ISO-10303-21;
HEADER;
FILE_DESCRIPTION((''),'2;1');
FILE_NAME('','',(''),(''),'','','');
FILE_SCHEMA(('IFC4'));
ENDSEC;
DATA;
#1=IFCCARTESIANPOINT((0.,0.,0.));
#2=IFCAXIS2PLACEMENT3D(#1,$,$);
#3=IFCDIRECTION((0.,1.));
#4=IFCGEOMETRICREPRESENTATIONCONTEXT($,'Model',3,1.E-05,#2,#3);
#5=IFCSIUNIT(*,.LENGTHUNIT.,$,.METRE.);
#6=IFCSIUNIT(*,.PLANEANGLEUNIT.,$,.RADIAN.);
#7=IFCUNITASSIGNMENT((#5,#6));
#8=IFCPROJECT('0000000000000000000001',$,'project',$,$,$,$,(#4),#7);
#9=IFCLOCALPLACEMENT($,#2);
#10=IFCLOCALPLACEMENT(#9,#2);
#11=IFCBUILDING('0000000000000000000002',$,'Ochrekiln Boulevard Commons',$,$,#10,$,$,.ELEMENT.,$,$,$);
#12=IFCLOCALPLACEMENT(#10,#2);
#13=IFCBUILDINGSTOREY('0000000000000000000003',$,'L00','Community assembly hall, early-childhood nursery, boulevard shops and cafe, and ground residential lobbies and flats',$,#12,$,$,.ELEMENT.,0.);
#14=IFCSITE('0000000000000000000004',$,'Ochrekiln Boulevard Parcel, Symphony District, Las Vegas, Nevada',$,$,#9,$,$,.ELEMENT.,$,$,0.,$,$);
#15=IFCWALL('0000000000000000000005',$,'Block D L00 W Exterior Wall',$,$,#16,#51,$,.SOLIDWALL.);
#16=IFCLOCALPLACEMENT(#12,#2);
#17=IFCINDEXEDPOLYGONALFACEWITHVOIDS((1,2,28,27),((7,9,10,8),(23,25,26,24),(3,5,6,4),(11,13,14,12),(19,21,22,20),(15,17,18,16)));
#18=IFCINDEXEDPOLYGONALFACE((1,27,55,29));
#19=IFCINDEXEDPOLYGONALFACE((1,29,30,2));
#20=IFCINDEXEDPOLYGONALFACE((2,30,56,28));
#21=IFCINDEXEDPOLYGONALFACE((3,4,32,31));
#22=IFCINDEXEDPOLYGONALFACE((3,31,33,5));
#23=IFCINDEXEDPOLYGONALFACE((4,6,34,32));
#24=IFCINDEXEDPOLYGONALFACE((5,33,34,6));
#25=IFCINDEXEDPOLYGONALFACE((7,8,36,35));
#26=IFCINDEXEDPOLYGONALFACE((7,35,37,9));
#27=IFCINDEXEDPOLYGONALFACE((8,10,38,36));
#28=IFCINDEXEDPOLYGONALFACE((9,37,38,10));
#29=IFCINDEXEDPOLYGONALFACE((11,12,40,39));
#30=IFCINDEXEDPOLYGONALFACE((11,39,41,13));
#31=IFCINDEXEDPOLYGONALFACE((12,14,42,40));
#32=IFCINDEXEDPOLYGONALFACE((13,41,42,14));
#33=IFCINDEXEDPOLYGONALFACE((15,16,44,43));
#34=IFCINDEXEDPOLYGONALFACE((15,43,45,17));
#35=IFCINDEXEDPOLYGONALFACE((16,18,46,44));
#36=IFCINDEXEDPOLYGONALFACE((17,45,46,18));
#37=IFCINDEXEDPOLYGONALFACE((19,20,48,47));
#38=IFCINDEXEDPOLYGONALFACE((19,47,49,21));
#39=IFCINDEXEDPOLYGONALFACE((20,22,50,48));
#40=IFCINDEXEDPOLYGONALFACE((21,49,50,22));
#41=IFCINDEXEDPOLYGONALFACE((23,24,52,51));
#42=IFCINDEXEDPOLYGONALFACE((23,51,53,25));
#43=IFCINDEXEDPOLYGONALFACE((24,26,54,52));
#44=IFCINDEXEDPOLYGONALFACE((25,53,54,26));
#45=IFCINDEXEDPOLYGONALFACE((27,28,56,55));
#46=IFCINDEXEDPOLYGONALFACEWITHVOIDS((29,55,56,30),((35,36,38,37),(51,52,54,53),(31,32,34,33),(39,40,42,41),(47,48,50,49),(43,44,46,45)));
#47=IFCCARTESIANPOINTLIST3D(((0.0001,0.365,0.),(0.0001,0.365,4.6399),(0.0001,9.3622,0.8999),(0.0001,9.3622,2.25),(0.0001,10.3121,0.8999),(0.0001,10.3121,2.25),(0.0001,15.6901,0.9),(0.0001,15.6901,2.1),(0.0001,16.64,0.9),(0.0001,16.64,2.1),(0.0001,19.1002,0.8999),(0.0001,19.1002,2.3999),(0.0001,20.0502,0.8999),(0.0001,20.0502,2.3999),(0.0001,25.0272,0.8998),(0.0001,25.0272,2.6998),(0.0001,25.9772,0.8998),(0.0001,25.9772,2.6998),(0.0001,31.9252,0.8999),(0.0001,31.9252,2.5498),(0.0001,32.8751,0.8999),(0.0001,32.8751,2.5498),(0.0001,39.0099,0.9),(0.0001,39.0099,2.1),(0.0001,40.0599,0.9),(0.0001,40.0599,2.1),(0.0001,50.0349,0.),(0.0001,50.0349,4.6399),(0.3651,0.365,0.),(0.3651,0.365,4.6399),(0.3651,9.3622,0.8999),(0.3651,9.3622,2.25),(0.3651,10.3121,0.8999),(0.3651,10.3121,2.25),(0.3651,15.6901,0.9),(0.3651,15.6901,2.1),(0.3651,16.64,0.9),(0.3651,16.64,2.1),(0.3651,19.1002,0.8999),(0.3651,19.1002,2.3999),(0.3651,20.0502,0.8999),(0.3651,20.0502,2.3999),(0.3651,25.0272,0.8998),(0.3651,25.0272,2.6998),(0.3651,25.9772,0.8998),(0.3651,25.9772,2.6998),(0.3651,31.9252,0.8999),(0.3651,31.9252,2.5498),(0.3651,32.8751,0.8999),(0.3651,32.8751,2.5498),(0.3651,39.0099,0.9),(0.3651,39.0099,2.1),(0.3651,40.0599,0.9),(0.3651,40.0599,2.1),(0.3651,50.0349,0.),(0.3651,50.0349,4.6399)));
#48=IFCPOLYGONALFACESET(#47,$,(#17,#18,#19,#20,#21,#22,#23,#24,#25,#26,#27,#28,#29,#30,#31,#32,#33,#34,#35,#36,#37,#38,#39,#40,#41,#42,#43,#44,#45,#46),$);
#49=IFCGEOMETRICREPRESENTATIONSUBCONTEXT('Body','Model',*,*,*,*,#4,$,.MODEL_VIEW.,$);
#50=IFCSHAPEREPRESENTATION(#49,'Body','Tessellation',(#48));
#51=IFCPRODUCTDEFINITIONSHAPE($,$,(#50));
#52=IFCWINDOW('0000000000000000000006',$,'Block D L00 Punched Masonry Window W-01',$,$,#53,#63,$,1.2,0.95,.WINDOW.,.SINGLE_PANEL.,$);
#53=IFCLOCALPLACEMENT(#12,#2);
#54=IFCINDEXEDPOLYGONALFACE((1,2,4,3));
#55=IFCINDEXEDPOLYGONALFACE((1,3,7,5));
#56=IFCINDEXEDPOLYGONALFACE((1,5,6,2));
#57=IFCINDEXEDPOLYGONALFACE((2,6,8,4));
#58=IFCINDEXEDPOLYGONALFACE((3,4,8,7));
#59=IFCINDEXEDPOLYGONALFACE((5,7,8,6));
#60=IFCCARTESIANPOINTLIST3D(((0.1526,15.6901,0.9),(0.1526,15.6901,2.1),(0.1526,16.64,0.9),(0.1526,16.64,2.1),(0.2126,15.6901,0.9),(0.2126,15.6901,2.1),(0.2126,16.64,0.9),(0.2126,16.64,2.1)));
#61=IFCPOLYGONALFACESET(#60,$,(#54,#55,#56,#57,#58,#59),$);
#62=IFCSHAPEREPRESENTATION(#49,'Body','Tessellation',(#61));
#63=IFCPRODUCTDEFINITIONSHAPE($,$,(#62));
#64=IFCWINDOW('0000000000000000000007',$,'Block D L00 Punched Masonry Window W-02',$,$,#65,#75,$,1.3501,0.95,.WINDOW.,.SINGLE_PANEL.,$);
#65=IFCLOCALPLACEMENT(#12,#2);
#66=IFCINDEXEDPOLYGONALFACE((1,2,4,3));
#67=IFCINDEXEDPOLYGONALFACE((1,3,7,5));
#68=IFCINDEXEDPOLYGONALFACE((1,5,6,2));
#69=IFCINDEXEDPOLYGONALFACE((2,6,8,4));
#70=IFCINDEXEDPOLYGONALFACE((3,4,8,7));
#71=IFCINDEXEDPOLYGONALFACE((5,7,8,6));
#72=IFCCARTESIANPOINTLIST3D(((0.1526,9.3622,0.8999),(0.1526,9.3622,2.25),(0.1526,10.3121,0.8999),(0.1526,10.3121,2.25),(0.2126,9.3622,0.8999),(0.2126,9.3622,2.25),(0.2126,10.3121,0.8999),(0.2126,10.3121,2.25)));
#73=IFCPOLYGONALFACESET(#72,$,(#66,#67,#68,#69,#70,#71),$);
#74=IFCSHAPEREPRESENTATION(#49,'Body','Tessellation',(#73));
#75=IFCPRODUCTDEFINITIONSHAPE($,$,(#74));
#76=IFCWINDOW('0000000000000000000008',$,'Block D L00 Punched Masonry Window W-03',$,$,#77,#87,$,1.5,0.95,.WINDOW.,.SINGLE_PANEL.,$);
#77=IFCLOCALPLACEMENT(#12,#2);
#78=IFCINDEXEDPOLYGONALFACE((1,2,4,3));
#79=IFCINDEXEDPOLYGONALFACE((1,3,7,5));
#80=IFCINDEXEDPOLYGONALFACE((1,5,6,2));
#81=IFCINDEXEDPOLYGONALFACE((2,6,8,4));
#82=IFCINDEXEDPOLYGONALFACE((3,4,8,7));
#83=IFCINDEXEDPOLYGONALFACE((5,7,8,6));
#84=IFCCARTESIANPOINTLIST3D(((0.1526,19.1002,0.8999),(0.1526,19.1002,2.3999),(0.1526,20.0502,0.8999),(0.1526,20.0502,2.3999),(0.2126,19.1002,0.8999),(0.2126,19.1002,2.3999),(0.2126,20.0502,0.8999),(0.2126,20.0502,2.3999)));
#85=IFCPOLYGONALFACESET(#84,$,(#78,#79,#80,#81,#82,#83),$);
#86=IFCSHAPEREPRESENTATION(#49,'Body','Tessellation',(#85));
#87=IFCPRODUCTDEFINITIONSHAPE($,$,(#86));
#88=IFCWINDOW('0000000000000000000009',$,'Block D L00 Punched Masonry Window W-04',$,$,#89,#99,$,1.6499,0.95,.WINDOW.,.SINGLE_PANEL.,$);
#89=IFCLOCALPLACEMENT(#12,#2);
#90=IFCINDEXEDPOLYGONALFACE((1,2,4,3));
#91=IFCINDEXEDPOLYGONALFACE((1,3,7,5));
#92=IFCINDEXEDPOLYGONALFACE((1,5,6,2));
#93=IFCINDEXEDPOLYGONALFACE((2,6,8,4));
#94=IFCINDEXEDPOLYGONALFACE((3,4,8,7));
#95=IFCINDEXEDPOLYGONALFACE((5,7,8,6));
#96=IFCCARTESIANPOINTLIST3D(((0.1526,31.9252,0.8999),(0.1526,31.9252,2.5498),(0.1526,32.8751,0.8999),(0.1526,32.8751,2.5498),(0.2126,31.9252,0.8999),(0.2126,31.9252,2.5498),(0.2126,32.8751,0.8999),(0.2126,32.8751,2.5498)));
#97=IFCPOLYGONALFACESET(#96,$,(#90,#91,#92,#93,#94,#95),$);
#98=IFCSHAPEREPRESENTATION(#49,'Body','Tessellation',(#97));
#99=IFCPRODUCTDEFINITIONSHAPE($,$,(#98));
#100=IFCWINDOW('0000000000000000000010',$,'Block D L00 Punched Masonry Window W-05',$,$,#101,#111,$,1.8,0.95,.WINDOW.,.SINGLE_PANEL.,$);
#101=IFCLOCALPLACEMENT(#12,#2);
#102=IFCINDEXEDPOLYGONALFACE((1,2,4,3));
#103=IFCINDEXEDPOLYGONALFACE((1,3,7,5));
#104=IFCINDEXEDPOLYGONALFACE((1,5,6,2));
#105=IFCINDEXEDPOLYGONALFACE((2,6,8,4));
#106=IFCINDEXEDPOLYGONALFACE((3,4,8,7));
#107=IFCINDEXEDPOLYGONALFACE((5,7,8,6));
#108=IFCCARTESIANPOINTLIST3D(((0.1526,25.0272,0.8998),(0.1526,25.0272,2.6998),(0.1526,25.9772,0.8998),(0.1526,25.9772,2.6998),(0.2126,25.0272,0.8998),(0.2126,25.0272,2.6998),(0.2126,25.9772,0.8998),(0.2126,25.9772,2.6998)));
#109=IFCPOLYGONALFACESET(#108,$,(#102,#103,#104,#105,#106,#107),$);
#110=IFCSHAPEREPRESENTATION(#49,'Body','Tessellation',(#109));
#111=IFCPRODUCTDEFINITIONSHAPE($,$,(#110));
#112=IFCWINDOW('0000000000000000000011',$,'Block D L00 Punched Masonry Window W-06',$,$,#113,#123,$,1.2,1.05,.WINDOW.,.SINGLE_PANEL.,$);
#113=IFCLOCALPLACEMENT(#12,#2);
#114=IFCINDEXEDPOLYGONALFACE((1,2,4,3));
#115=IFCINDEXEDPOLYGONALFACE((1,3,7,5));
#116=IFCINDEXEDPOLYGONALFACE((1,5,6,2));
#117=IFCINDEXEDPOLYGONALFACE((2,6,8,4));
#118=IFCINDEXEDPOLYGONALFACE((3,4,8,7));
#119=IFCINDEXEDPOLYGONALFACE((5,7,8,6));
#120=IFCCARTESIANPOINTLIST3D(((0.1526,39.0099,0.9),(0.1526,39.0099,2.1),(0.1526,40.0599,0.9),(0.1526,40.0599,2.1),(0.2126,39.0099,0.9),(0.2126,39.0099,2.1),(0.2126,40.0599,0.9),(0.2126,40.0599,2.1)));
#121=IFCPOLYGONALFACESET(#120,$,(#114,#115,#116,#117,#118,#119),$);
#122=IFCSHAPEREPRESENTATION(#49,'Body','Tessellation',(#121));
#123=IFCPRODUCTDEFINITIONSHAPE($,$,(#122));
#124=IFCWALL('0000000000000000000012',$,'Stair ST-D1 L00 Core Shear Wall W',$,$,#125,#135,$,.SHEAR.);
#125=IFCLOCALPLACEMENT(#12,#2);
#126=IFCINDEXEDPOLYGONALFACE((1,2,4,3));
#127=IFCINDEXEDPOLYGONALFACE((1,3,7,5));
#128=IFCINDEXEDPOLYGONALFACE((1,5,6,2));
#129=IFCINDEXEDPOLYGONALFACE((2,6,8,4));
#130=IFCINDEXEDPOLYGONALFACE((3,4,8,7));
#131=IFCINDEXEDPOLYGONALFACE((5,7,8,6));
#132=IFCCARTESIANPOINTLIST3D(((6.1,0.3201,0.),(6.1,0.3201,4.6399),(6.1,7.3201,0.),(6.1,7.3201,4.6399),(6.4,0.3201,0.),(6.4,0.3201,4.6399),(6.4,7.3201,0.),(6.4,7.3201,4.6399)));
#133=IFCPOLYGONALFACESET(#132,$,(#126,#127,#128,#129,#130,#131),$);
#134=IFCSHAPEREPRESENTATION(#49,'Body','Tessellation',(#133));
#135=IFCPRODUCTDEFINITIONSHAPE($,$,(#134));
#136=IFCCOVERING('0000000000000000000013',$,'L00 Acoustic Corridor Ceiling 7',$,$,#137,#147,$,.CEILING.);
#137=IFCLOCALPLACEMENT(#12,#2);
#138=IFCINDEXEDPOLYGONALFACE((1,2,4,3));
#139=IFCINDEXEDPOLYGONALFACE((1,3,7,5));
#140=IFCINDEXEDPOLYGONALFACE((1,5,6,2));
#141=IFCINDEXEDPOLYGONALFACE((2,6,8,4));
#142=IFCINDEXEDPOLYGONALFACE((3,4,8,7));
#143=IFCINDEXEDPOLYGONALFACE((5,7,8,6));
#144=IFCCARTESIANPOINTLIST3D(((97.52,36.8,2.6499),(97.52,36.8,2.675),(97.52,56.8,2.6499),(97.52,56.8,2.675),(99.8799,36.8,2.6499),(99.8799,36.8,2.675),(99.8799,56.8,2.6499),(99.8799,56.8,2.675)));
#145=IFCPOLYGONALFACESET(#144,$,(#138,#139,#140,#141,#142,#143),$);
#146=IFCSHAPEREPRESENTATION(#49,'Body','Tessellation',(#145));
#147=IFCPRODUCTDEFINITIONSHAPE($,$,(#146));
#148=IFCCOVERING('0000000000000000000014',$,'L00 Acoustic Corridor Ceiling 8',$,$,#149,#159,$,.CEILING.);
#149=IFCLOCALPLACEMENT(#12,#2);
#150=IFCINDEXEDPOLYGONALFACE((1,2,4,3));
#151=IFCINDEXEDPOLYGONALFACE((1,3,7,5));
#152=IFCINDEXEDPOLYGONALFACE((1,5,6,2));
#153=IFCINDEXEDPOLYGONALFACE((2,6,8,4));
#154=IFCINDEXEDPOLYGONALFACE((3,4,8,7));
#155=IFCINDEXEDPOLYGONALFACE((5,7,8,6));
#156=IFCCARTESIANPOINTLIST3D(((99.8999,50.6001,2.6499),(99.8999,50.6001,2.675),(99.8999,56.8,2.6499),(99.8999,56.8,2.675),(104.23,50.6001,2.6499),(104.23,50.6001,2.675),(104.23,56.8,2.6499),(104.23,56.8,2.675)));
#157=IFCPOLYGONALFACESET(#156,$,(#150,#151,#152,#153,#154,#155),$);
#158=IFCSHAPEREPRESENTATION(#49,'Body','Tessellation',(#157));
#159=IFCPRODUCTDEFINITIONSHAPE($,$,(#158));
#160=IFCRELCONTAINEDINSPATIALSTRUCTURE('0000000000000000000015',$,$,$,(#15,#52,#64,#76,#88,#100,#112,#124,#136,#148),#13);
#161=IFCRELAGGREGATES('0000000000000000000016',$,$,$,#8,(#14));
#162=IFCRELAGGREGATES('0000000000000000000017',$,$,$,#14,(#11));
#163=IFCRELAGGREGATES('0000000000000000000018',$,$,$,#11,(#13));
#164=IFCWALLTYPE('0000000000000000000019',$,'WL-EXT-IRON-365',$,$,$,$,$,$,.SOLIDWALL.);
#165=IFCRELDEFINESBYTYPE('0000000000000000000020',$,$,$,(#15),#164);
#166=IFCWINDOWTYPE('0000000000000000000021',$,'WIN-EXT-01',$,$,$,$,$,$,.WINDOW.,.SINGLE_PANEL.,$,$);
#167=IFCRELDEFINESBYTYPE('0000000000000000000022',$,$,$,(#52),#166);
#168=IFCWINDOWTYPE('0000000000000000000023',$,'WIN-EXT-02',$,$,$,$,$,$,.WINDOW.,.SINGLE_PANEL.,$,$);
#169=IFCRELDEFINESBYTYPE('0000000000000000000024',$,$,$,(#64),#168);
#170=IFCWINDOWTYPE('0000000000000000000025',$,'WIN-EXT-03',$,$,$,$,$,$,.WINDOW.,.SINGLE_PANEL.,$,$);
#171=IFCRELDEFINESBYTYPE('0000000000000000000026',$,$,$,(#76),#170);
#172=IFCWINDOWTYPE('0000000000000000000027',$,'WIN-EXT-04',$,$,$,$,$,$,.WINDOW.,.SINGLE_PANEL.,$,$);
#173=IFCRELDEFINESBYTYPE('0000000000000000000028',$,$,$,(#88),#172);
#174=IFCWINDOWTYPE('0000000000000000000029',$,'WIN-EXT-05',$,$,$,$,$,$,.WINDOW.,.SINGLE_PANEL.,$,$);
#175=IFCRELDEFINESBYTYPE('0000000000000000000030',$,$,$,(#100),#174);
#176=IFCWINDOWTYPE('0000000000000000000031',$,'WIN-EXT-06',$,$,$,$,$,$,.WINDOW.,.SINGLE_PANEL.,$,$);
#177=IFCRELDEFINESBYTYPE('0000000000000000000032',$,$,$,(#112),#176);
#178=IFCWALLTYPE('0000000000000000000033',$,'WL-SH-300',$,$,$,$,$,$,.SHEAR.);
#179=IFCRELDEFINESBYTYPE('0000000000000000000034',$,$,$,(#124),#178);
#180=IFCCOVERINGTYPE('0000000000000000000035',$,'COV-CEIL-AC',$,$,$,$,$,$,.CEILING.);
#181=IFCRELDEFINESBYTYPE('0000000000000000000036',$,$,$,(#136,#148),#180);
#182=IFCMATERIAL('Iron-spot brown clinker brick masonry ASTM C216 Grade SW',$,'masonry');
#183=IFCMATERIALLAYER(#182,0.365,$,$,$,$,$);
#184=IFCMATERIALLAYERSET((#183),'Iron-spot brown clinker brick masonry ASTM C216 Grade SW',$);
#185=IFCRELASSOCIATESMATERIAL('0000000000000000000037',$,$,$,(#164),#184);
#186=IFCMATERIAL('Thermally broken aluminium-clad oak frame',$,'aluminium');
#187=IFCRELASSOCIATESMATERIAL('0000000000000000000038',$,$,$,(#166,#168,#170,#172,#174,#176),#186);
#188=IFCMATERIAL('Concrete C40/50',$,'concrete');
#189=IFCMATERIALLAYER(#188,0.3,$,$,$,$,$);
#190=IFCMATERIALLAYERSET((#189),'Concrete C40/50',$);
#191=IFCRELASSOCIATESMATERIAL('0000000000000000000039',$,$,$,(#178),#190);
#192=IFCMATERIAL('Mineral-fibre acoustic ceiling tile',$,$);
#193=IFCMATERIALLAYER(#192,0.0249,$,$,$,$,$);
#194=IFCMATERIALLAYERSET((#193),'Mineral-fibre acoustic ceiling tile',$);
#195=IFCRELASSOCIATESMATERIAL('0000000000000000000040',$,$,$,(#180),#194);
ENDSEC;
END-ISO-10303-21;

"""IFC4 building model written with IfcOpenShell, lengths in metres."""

from ifc_helpers import new_model, si_unit, direction, frame, frame_2d, origin, place, context, subcontext, project, spatial, polyline, rectangle, outline, extrude, material, layer, layer_set, type_object, element, fill, save


model = new_model("IFC4")

# Units and contexts
model_context = context("Model", 3, precision=1e-05, world=origin(), true_north=direction((0.0, 1.0)))
body_context = subcontext(model_context, "Body", "Model", "MODEL_VIEW")
ifc_project = project(units=[si_unit("LENGTHUNIT", "METRE"), si_unit("PLANEANGLEUNIT", "RADIAN")], contexts=[model_context])

# Site, building, storey
site_placement = place(None, origin())
site = spatial("IfcSite", under=ifc_project, at=site_placement, Name="Ochrekiln Boulevard Parcel, Symphony District, Las Vegas, Nevada", CompositionType="ELEMENT", RefElevation=0.0)
building_placement = place(site_placement, origin())
building = spatial("IfcBuilding", under=site, at=building_placement, Name="Ochrekiln Boulevard Commons", CompositionType="ELEMENT")
storey_placement = place(building_placement, origin())
storey = spatial("IfcBuildingStorey", under=building, at=storey_placement, Name="L00", Description="Community assembly hall, early-childhood nursery, boulevard shops and cafe, and ground residential lobbies and flats", CompositionType="ELEMENT", Elevation=0.0)

# Shared definitions
ifc_material_1 = material(Name="Concrete C40/50", Category="concrete")

# Shared definitions
ifc_material_2 = material(Name="Iron-spot brown clinker brick masonry ASTM C216 Grade SW", Category="masonry")
ifc_layer_1 = layer(ifc_material_2, 0.365)
ifc_layer_set_1 = layer_set([ifc_layer_1], Name="Iron-spot brown clinker brick masonry ASTM C216 Grade SW")
wall_type_1 = type_object("IfcWallType", Name="WL-EXT-IRON-365", PredefinedType="SOLIDWALL", material=ifc_layer_set_1)

# Wall, openings, windows
wall_1_placement = place(storey_placement, frame((0.1826, 0.365, 0.0), z_axis=(0.0, 0.0, 1.0), x_axis=(0.0, 1.0, 0.0)))
wall_1 = element("IfcWall", 1, at=wall_1_placement, inside=storey, type_object=wall_type_1, Name="Block D L00 W Exterior Wall", PredefinedType="SOLIDWALL", context=body_context, shape_type="SweptSolid", body=[
    extrude(rectangle(XDim=49.6699, YDim=0.365, at=frame_2d((24.835, 0.0))), origin(), (0.0, 0.0, 1.0), 4.6399),
])
opening_1_placement = place(wall_1_placement, frame((15.325, 0.0, 0.8999)))
opening_1 = element("IfcOpeningElement", 2, at=opening_1_placement, cuts=wall_1, PredefinedType="OPENING", context=body_context, shape_type="SweptSolid", body=[
    extrude(rectangle(XDim=0.95, YDim=1.2, at=frame_2d((0.4751, 0.6001))), frame((0.0, 0.1924, 0.0), z_axis=(0.0, -1.0, 0.0), x_axis=(1.0, 0.0, 0.0)), (0.0, 0.0, 1.0), 0.385),
])
opening_2_placement = place(wall_1_placement, frame((8.9971, 0.0, 0.8999)))
opening_2 = element("IfcOpeningElement", 3, at=opening_2_placement, cuts=wall_1, PredefinedType="OPENING", context=body_context, shape_type="SweptSolid", body=[
    extrude(rectangle(XDim=0.95, YDim=1.3501, at=frame_2d((0.4751, 0.675))), frame((0.0, 0.1924, 0.0), z_axis=(0.0, -1.0, 0.0), x_axis=(1.0, 0.0, 0.0)), (0.0, 0.0, 1.0), 0.385),
])
opening_3_placement = place(wall_1_placement, frame((18.7351, 0.0, 0.8999)))
opening_3 = element("IfcOpeningElement", 4, at=opening_3_placement, cuts=wall_1, PredefinedType="OPENING", context=body_context, shape_type="SweptSolid", body=[
    extrude(rectangle(XDim=0.95, YDim=1.5, at=frame_2d((0.4751, 0.75))), frame((0.0, 0.1924, 0.0), z_axis=(0.0, -1.0, 0.0), x_axis=(1.0, 0.0, 0.0)), (0.0, 0.0, 1.0), 0.385),
])
opening_4_placement = place(wall_1_placement, frame((31.5601, 0.0, 0.8999)))
opening_4 = element("IfcOpeningElement", 5, at=opening_4_placement, cuts=wall_1, PredefinedType="OPENING", context=body_context, shape_type="SweptSolid", body=[
    extrude(rectangle(XDim=0.95, YDim=1.6499, at=frame_2d((0.4751, 0.825))), frame((0.0, 0.1924, 0.0), z_axis=(0.0, -1.0, 0.0), x_axis=(1.0, 0.0, 0.0)), (0.0, 0.0, 1.0), 0.385),
])
opening_5_placement = place(wall_1_placement, frame((24.6621, 0.0, 0.8999)))
opening_5 = element("IfcOpeningElement", 6, at=opening_5_placement, cuts=wall_1, PredefinedType="OPENING", context=body_context, shape_type="SweptSolid", body=[
    extrude(rectangle(XDim=0.95, YDim=1.8, at=frame_2d((0.4751, 0.8999))), frame((0.0, 0.1924, 0.0), z_axis=(0.0, -1.0, 0.0), x_axis=(1.0, 0.0, 0.0)), (0.0, 0.0, 1.0), 0.385),
])
opening_6_placement = place(wall_1_placement, frame((38.645, 0.0, 0.8999)))
opening_6 = element("IfcOpeningElement", 7, at=opening_6_placement, cuts=wall_1, PredefinedType="OPENING", context=body_context, shape_type="SweptSolid", body=[
    extrude(rectangle(XDim=1.05, YDim=1.2, at=frame_2d((0.5249, 0.6001))), frame((0.0, 0.1924, 0.0), z_axis=(0.0, -1.0, 0.0), x_axis=(1.0, 0.0, 0.0)), (0.0, 0.0, 1.0), 0.385),
])
ifc_material_3 = material(Name="Thermally broken aluminium-clad oak frame", Category="aluminium")
window_type_1 = type_object("IfcWindowType", Name="WIN-EXT-01", PartitioningType="SINGLE_PANEL", PredefinedType="WINDOW", material=ifc_material_3)
window_1_placement = place(opening_1_placement, origin())
window_1 = element("IfcWindow", 8, at=window_1_placement, inside=storey, type_object=window_type_1, Name="Block D L00 Punched Masonry Window W-01", OverallHeight=1.2, OverallWidth=0.95, PartitioningType="SINGLE_PANEL", PredefinedType="WINDOW", context=body_context, shape_type="SweptSolid", body=[
    extrude(rectangle(XDim=0.95, YDim=1.2, at=frame_2d((0.4751, 0.6001))), frame((0.0, 0.03, 0.0), z_axis=(0.0, -1.0, 0.0), x_axis=(1.0, 0.0, 0.0)), (0.0, 0.0, 1.0), 0.0601),
])
fill(opening_1, window_1)
window_type_2 = type_object("IfcWindowType", Name="WIN-EXT-02", PartitioningType="SINGLE_PANEL", PredefinedType="WINDOW", material=ifc_material_3)
window_2_placement = place(opening_2_placement, origin())
window_2 = element("IfcWindow", 9, at=window_2_placement, inside=storey, type_object=window_type_2, Name="Block D L00 Punched Masonry Window W-02", OverallHeight=1.3501, OverallWidth=0.95, PartitioningType="SINGLE_PANEL", PredefinedType="WINDOW", context=body_context, shape_type="SweptSolid", body=[
    extrude(rectangle(XDim=0.95, YDim=1.3501, at=frame_2d((0.4751, 0.675))), frame((0.0, 0.03, 0.0), z_axis=(0.0, -1.0, 0.0), x_axis=(1.0, 0.0, 0.0)), (0.0, 0.0, 1.0), 0.0601),
])
fill(opening_2, window_2)
window_type_3 = type_object("IfcWindowType", Name="WIN-EXT-03", PartitioningType="SINGLE_PANEL", PredefinedType="WINDOW", material=ifc_material_3)
window_3_placement = place(opening_3_placement, origin())
window_3 = element("IfcWindow", 10, at=window_3_placement, inside=storey, type_object=window_type_3, Name="Block D L00 Punched Masonry Window W-03", OverallHeight=1.5, OverallWidth=0.95, PartitioningType="SINGLE_PANEL", PredefinedType="WINDOW", context=body_context, shape_type="SweptSolid", body=[
    extrude(rectangle(XDim=0.95, YDim=1.5, at=frame_2d((0.4751, 0.75))), frame((0.0, 0.03, 0.0), z_axis=(0.0, -1.0, 0.0), x_axis=(1.0, 0.0, 0.0)), (0.0, 0.0, 1.0), 0.0601),
])
fill(opening_3, window_3)
window_type_4 = type_object("IfcWindowType", Name="WIN-EXT-04", PartitioningType="SINGLE_PANEL", PredefinedType="WINDOW", material=ifc_material_3)
window_4_placement = place(opening_4_placement, origin())
window_4 = element("IfcWindow", 11, at=window_4_placement, inside=storey, type_object=window_type_4, Name="Block D L00 Punched Masonry Window W-04", OverallHeight=1.6499, OverallWidth=0.95, PartitioningType="SINGLE_PANEL", PredefinedType="WINDOW", context=body_context, shape_type="SweptSolid", body=[
    extrude(rectangle(XDim=0.95, YDim=1.6499, at=frame_2d((0.4751, 0.825))), frame((0.0, 0.03, 0.0), z_axis=(0.0, -1.0, 0.0), x_axis=(1.0, 0.0, 0.0)), (0.0, 0.0, 1.0), 0.0601),
])
fill(opening_4, window_4)
window_type_5 = type_object("IfcWindowType", Name="WIN-EXT-05", PartitioningType="SINGLE_PANEL", PredefinedType="WINDOW", material=ifc_material_3)
window_5_placement = place(opening_5_placement, origin())
window_5 = element("IfcWindow", 12, at=window_5_placement, inside=storey, type_object=window_type_5, Name="Block D L00 Punched Masonry Window W-05", OverallHeight=1.8, OverallWidth=0.95, PartitioningType="SINGLE_PANEL", PredefinedType="WINDOW", context=body_context, shape_type="SweptSolid", body=[
    extrude(rectangle(XDim=0.95, YDim=1.8, at=frame_2d((0.4751, 0.8999))), frame((0.0, 0.03, 0.0), z_axis=(0.0, -1.0, 0.0), x_axis=(1.0, 0.0, 0.0)), (0.0, 0.0, 1.0), 0.0601),
])
fill(opening_5, window_5)
window_type_6 = type_object("IfcWindowType", Name="WIN-EXT-06", PartitioningType="SINGLE_PANEL", PredefinedType="WINDOW", material=ifc_material_3)
window_6_placement = place(opening_6_placement, origin())
window_6 = element("IfcWindow", 13, at=window_6_placement, inside=storey, type_object=window_type_6, Name="Block D L00 Punched Masonry Window W-06", OverallHeight=1.2, OverallWidth=1.05, PartitioningType="SINGLE_PANEL", PredefinedType="WINDOW", context=body_context, shape_type="SweptSolid", body=[
    extrude(rectangle(XDim=1.05, YDim=1.2, at=frame_2d((0.5249, 0.6001))), frame((0.0, 0.03, 0.0), z_axis=(0.0, -1.0, 0.0), x_axis=(1.0, 0.0, 0.0)), (0.0, 0.0, 1.0), 0.0601),
])
fill(opening_6, window_6)

# Wall
ifc_layer_2 = layer(ifc_material_1, 0.3)
ifc_layer_set_2 = layer_set([ifc_layer_2], Name="Concrete C40/50")
wall_type_2 = type_object("IfcWallType", Name="WL-SH-300", PredefinedType="SHEAR", material=ifc_layer_set_2)
wall_2_placement = place(storey_placement, frame((6.25, 0.3201, 0.0), z_axis=(0.0, 0.0, 1.0), x_axis=(0.0, 1.0, 0.0)))
element("IfcWall", 14, at=wall_2_placement, inside=storey, type_object=wall_type_2, Name="Stair ST-D1 L00 Core Shear Wall W", PredefinedType="SHEAR", context=body_context, shape_type="SweptSolid", body=[
    extrude(rectangle(XDim=7.0, YDim=0.3, at=frame_2d((3.5, 0.0))), origin(), (0.0, 0.0, 1.0), 4.6399),
])

# Coverings
ifc_material_4 = material(Name="Mineral-fibre acoustic ceiling tile")
ifc_layer_3 = layer(ifc_material_4, 0.0249)
ifc_layer_set_3 = layer_set([ifc_layer_3], Name="Mineral-fibre acoustic ceiling tile")
covering_type = type_object("IfcCoveringType", Name="COV-CEIL-AC", PredefinedType="CEILING", material=ifc_layer_set_3)
covering_1_placement = place(storey_placement, frame((0.0, 0.0, 2.6499)))
element("IfcCovering", 15, at=covering_1_placement, inside=storey, type_object=covering_type, Name="L00 Acoustic Corridor Ceiling 7", PredefinedType="CEILING", context=body_context, shape_type="SweptSolid", body=[
    extrude(outline(polyline([(97.52, 36.8), (99.8799, 36.8), (99.8799, 56.8), (97.52, 56.8), (97.52, 36.8)])), origin(), (0.0, 0.0, 1.0), 0.0251),
])
covering_2_placement = place(storey_placement, frame((0.0, 0.0, 2.6499)))
element("IfcCovering", 16, at=covering_2_placement, inside=storey, type_object=covering_type, Name="L00 Acoustic Corridor Ceiling 8", PredefinedType="CEILING", context=body_context, shape_type="SweptSolid", body=[
    extrude(outline(polyline([(99.8999, 50.6001), (104.23, 50.6001), (104.23, 56.8), (99.8999, 56.8), (99.8999, 50.6001)])), origin(), (0.0, 0.0, 1.0), 0.0251),
])

save(model, "model.ifc")
